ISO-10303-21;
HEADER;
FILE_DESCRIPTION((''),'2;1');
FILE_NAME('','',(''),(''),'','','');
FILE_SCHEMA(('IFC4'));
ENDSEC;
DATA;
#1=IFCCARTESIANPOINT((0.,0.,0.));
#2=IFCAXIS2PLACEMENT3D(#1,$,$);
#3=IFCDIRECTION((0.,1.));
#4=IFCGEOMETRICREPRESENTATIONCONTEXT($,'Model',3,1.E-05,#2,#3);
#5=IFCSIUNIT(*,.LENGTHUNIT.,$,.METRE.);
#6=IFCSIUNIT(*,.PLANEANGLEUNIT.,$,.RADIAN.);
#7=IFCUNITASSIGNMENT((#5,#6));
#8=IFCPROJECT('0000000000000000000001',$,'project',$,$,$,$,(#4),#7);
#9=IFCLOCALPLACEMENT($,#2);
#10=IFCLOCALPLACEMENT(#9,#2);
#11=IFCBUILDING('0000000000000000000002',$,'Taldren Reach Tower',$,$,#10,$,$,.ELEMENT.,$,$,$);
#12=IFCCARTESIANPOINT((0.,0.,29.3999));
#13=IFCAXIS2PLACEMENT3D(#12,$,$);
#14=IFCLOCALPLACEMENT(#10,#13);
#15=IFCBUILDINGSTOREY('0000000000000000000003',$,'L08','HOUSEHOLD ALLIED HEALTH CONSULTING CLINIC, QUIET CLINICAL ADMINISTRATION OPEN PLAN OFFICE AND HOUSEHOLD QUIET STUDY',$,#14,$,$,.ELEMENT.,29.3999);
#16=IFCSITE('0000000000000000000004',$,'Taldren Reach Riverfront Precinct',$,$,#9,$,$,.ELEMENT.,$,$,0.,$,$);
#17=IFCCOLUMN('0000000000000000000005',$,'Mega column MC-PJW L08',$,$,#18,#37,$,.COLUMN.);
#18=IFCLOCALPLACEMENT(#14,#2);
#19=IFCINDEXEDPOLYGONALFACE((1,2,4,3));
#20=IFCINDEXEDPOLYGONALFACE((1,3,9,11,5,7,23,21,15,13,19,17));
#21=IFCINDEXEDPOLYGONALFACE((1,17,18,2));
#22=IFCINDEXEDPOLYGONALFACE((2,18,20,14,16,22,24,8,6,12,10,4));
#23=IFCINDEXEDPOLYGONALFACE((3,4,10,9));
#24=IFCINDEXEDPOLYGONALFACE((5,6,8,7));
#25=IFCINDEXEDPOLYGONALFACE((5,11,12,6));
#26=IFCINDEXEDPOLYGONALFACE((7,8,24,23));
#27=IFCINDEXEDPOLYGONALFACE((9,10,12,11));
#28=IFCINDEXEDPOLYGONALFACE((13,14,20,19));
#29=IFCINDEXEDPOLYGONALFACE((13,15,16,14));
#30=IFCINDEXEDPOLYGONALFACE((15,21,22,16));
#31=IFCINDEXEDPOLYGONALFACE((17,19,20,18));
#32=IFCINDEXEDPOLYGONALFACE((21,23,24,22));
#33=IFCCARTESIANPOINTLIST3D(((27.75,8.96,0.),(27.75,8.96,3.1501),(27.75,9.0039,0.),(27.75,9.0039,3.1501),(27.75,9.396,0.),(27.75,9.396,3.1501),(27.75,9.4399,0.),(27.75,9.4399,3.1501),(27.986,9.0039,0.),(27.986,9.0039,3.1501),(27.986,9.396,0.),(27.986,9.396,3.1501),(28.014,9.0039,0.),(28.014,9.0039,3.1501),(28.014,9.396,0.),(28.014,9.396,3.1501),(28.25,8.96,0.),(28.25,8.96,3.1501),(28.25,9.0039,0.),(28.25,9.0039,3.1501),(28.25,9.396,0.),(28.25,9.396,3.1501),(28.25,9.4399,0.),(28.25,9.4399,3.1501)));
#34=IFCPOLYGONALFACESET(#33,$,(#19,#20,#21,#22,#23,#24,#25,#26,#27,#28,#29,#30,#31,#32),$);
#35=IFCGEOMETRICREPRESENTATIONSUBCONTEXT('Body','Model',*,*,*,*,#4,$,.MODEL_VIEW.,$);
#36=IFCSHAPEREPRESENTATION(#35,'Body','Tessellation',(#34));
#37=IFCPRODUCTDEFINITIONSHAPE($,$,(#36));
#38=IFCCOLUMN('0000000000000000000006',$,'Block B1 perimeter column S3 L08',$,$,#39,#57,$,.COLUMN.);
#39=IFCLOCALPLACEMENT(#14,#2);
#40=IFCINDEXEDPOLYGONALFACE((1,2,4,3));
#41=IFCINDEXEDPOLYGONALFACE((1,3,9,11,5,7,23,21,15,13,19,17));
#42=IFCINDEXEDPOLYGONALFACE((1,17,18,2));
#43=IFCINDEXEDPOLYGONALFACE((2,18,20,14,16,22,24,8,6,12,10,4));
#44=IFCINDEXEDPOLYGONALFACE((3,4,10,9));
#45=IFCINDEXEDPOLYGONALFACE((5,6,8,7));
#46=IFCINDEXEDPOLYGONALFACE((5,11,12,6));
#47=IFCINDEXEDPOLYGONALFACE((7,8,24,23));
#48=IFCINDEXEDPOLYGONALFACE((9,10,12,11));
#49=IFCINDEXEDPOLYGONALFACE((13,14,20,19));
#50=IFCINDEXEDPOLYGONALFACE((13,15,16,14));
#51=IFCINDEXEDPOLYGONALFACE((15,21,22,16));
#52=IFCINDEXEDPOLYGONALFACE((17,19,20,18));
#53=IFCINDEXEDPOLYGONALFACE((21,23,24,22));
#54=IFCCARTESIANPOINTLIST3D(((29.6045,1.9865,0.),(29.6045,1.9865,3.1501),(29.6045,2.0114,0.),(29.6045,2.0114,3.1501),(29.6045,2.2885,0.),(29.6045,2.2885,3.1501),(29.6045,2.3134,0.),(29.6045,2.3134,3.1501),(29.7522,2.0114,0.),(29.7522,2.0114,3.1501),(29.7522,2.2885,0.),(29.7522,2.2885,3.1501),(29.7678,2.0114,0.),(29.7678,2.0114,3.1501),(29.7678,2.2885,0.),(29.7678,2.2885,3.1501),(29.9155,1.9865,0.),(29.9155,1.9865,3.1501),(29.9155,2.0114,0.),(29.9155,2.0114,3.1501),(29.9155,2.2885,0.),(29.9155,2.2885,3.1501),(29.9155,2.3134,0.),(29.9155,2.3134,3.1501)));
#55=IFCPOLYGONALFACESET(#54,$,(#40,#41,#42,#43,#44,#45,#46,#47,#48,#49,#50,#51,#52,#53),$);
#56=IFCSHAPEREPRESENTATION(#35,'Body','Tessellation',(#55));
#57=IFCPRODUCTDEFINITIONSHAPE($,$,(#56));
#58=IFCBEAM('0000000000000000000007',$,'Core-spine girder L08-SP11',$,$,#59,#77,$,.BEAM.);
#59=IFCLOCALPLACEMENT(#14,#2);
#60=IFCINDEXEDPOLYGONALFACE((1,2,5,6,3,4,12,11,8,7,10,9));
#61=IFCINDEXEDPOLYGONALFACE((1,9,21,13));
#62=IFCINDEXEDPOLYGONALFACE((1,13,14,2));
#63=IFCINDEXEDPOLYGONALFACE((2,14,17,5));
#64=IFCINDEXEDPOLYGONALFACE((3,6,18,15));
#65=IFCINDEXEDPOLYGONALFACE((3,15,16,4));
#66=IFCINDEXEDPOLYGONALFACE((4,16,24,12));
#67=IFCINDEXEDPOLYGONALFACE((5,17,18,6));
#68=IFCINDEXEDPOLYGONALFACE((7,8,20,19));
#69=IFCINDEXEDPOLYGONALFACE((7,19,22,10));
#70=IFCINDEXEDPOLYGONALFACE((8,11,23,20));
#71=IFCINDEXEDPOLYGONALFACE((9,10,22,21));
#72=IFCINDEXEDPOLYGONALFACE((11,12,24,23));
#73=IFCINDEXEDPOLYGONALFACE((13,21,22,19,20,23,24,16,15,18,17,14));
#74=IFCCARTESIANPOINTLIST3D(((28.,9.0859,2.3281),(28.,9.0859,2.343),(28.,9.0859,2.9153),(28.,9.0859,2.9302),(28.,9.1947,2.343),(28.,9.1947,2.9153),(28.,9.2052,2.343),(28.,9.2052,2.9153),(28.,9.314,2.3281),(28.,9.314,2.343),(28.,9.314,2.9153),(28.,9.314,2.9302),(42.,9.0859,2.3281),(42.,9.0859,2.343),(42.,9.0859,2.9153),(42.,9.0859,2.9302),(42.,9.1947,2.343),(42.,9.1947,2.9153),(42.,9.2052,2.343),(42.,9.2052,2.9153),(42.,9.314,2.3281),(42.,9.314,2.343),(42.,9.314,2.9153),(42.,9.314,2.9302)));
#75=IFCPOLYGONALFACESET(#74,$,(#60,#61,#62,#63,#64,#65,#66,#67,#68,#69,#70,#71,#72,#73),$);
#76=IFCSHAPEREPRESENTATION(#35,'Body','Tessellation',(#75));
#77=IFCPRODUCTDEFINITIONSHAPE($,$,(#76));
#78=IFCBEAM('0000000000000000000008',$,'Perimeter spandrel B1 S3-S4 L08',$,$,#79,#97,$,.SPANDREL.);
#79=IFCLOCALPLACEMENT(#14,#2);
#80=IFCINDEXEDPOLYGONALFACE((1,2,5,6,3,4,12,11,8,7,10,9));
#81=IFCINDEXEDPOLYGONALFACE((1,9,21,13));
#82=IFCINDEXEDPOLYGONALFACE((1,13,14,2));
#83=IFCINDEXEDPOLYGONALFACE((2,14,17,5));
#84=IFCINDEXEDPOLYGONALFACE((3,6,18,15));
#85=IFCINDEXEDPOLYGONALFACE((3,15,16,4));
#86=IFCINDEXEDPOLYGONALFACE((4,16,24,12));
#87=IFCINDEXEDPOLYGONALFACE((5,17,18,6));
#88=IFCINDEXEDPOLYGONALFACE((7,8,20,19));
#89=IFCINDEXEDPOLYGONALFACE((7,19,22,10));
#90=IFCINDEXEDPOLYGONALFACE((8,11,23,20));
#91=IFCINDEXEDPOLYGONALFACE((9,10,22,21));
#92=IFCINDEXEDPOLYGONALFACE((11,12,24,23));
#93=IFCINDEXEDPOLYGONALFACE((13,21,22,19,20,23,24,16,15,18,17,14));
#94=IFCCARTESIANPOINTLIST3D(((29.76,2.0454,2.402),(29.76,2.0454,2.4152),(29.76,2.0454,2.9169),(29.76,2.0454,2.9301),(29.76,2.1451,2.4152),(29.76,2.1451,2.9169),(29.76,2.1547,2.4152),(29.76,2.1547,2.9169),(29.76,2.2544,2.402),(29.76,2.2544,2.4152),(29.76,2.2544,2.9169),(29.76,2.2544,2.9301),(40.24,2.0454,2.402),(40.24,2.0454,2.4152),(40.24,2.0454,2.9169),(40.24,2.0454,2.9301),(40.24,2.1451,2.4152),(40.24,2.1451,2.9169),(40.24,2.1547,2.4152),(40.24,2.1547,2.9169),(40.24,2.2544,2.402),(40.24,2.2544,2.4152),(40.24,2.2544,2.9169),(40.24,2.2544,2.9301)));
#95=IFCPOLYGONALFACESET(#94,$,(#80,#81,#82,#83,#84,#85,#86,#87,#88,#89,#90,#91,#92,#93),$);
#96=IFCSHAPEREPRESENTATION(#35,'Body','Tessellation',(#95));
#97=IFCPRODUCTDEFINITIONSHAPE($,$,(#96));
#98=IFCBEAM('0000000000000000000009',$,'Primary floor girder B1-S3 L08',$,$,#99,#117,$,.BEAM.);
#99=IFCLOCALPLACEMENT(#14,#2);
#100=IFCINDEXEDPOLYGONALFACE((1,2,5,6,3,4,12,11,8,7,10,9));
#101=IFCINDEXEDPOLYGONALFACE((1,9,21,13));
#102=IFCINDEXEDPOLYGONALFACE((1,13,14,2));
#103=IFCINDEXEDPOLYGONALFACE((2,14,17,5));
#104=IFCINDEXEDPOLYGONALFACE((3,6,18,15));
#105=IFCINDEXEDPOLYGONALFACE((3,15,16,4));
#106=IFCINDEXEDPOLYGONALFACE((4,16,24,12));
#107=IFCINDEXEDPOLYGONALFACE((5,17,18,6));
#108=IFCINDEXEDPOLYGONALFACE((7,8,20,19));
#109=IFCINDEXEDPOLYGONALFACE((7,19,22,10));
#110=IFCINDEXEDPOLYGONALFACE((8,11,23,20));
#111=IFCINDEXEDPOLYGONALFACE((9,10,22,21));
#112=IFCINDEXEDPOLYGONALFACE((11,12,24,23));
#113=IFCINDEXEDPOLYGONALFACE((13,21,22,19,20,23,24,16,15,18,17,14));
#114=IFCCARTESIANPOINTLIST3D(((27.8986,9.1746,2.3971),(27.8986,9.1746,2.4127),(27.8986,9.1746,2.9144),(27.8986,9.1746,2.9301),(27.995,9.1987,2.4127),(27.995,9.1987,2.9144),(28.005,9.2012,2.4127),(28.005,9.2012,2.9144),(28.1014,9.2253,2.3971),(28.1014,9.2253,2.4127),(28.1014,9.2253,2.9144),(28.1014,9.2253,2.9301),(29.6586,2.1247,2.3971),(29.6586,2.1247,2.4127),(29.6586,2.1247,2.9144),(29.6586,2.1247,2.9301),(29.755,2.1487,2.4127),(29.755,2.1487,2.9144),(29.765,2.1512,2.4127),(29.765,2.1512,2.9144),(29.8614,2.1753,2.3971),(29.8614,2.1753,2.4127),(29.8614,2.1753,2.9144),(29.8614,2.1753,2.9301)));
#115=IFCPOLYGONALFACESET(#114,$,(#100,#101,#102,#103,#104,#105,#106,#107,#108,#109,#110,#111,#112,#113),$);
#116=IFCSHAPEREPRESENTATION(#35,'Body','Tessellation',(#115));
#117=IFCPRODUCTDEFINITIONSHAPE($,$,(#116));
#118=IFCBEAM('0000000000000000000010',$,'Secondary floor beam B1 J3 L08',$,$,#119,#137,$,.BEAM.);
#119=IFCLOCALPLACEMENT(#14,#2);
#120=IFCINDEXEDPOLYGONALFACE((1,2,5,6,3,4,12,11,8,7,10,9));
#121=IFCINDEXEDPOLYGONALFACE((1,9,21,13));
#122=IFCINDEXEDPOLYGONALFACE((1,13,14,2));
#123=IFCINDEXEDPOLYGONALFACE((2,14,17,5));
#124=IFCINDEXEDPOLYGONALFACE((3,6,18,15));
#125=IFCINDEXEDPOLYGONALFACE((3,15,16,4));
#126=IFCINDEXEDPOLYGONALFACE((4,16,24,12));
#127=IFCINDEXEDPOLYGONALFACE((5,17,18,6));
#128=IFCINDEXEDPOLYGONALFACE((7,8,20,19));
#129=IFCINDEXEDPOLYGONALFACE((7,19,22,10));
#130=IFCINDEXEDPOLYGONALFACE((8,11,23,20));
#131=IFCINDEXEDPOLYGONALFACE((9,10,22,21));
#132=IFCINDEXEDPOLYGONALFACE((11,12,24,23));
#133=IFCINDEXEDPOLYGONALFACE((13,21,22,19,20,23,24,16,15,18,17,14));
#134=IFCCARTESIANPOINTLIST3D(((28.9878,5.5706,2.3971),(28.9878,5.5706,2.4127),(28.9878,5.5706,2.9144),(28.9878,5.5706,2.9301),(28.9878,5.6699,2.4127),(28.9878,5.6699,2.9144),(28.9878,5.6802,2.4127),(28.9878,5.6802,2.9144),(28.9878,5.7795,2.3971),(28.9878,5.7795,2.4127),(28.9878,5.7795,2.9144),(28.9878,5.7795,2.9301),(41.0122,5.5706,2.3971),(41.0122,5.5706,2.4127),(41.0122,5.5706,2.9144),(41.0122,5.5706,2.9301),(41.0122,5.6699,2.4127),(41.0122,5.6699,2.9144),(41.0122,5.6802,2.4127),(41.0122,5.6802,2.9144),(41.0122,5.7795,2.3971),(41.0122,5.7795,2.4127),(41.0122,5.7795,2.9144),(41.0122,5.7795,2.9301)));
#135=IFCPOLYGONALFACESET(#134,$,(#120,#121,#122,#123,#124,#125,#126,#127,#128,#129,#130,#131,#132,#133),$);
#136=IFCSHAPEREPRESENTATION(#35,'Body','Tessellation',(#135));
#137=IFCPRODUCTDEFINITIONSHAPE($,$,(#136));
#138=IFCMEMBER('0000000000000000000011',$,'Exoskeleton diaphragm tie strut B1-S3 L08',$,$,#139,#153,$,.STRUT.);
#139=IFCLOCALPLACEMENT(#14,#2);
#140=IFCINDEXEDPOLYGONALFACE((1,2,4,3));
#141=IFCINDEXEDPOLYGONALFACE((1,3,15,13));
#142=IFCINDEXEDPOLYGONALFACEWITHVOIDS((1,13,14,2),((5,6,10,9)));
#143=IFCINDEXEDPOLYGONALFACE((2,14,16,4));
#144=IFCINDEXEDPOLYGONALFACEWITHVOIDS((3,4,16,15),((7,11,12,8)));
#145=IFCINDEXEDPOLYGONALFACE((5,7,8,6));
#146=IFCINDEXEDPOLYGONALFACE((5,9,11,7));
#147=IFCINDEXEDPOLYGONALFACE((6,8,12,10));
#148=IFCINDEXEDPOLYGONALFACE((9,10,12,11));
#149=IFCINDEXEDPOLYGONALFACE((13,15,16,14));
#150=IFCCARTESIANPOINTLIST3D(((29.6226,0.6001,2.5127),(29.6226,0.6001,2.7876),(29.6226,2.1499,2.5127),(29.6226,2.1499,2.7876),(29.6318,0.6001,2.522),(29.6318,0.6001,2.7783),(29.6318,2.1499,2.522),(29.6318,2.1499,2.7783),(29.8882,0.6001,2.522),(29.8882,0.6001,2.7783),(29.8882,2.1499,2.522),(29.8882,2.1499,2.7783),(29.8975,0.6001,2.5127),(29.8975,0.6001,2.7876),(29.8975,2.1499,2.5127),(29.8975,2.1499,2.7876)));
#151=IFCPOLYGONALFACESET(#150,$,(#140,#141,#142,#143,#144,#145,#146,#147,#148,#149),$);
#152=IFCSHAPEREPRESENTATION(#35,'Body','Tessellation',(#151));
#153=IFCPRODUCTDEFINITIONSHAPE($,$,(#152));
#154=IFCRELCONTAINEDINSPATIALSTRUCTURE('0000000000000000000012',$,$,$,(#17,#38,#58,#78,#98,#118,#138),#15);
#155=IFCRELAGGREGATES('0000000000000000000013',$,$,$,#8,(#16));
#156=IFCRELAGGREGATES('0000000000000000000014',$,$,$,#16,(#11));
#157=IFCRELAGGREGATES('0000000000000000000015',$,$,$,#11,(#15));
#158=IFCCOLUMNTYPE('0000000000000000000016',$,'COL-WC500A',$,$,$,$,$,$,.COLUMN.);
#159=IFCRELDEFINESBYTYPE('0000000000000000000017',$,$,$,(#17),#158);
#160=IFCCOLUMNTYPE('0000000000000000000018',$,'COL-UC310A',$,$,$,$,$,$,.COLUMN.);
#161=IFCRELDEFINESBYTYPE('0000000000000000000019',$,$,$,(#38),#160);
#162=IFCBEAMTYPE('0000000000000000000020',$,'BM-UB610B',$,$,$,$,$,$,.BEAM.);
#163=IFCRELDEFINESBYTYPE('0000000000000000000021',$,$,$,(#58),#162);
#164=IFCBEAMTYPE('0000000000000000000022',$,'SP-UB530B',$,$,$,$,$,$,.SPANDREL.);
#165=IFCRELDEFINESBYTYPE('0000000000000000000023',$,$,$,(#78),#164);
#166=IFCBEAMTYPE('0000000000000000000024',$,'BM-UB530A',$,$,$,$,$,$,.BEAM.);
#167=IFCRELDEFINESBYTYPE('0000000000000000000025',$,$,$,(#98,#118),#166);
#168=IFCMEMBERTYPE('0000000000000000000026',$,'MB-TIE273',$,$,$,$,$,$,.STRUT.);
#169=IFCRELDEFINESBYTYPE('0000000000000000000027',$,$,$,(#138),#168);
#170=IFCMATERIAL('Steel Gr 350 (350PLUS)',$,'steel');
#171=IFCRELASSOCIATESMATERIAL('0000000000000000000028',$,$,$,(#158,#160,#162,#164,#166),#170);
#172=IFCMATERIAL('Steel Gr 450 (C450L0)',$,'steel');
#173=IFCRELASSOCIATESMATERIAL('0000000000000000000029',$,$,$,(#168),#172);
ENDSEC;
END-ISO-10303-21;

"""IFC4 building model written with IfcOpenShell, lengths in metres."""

from ifc_helpers import new_model, si_unit, direction, frame, origin, origin_2d, place, context, subcontext, project, spatial, hollow_rectangle, i_section, extrude, source, transform, mapped, material, material_profile, profile_set, type_object, element, save


model = new_model("IFC4")

# Units and contexts
model_context = context("Model", 3, precision=1e-05, world=origin(), true_north=direction((0.0, 1.0)))
body_context = subcontext(model_context, "Body", "Model", "MODEL_VIEW")
ifc_project = project(units=[si_unit("LENGTHUNIT", "METRE"), si_unit("PLANEANGLEUNIT", "RADIAN")], contexts=[model_context])

# Site, building, storey
site_placement = place(None, origin())
site = spatial("IfcSite", under=ifc_project, at=site_placement, Name="Taldren Reach Riverfront Precinct", CompositionType="ELEMENT", RefElevation=0.0)
building_placement = place(site_placement, origin())
building = spatial("IfcBuilding", under=site, at=building_placement, Name="Taldren Reach Tower", CompositionType="ELEMENT")
storey_placement = place(building_placement, frame((0.0, 0.0, 29.3999)))
storey = spatial("IfcBuildingStorey", under=building, at=storey_placement, Name="L08", Description="HOUSEHOLD ALLIED HEALTH CONSULTING CLINIC, QUIET CLINICAL ADMINISTRATION OPEN PLAN OFFICE AND HOUSEHOLD QUIET STUDY", CompositionType="ELEMENT", Elevation=29.3999)

# Columns
ifc_material_1 = material(Name="Steel Gr 350 (350PLUS)", Category="steel")
ifc_material_profile_1 = material_profile(ifc_material_1, i_section(OverallWidth=0.5, OverallDepth=0.48, WebThickness=0.0281, FlangeThickness=0.0439, at=origin_2d()), Name="500WC440")
ifc_profile_set_1 = profile_set([ifc_material_profile_1], Name="Steel Gr 350 (350PLUS)")
column_type_1 = type_object("IfcColumnType", Name="COL-WC500A", PredefinedType="COLUMN", material=ifc_profile_set_1)
shared_shape_1 = source(origin(), body_context, "Body", "SweptSolid", [
    extrude(i_section(OverallWidth=0.5, OverallDepth=0.48, WebThickness=0.0281, FlangeThickness=0.0439, at=origin_2d()), origin(), (0.0, 0.0, 1.0), 3.1501),
])
column_1_placement = place(storey_placement, frame((28.0, 9.2, 0.0), z_axis=(0.0, 0.0, 1.0), x_axis=(1.0, 0.0, 0.0)))
element("IfcColumn", 1, at=column_1_placement, inside=storey, type_object=column_type_1, Name="Mega column MC-PJW L08", PredefinedType="COLUMN", context=body_context, shape_type="MappedRepresentation", body=[
    mapped(shared_shape_1, transform((0.0, 0.0, 0.0), scale=1.0)),
])
ifc_material_profile_2 = material_profile(ifc_material_1, i_section(OverallWidth=0.311, OverallDepth=0.3269, WebThickness=0.0156, FlangeThickness=0.0249, at=origin_2d()), Name="310UC158")
ifc_profile_set_2 = profile_set([ifc_material_profile_2], Name="Steel Gr 350 (350PLUS)")
column_type_2 = type_object("IfcColumnType", Name="COL-UC310A", PredefinedType="COLUMN", material=ifc_profile_set_2)
shared_shape_2 = source(origin(), body_context, "Body", "SweptSolid", [
    extrude(i_section(OverallWidth=0.311, OverallDepth=0.3269, WebThickness=0.0156, FlangeThickness=0.0249, at=origin_2d()), origin(), (0.0, 0.0, 1.0), 3.1501),
])
column_2_placement = place(storey_placement, frame((29.76, 2.1499, 0.0), z_axis=(0.0, 0.0, 1.0), x_axis=(1.0, 0.0, 0.0)))
element("IfcColumn", 2, at=column_2_placement, inside=storey, type_object=column_type_2, Name="Block B1 perimeter column S3 L08", PredefinedType="COLUMN", context=body_context, shape_type="MappedRepresentation", body=[
    mapped(shared_shape_2, transform((0.0, 0.0, 0.0), scale=1.0)),
])

# Beams
ifc_material_profile_3 = material_profile(ifc_material_1, i_section(OverallWidth=0.228, OverallDepth=0.6021, WebThickness=0.0105, FlangeThickness=0.0149, at=origin_2d()), Name="610UB101")
ifc_profile_set_3 = profile_set([ifc_material_profile_3], Name="Steel Gr 350 (350PLUS)")
beam_type_1 = type_object("IfcBeamType", Name="BM-UB610B", PredefinedType="BEAM", material=ifc_profile_set_3)
shared_shape_3 = source(origin(), body_context, "Body", "SweptSolid", [
    extrude(i_section(OverallWidth=0.228, OverallDepth=0.6021, WebThickness=0.0105, FlangeThickness=0.0149, at=origin_2d()), origin(), (0.0, 0.0, 1.0), 14.0),
])
beam_1_placement = place(storey_placement, frame((28.0, 9.2, 2.6292), z_axis=(1.0, 0.0, 0.0), x_axis=(0.0, 1.0, 0.0)))
element("IfcBeam", 3, at=beam_1_placement, inside=storey, type_object=beam_type_1, Name="Core-spine girder L08-SP11", PredefinedType="BEAM", context=body_context, shape_type="MappedRepresentation", body=[
    mapped(shared_shape_3, transform((0.0, 0.0, 0.0), scale=1.0)),
])
ifc_material_profile_4 = material_profile(ifc_material_1, i_section(OverallWidth=0.209, OverallDepth=0.5281, WebThickness=0.0095, FlangeThickness=0.0132, at=origin_2d()), Name="530UB82.0")
ifc_profile_set_4 = profile_set([ifc_material_profile_4], Name="Steel Gr 350 (350PLUS)")
beam_type_2 = type_object("IfcBeamType", Name="SP-UB530B", PredefinedType="SPANDREL", material=ifc_profile_set_4)
shared_shape_4 = source(origin(), body_context, "Body", "SweptSolid", [
    extrude(i_section(OverallWidth=0.209, OverallDepth=0.5281, WebThickness=0.0095, FlangeThickness=0.0132, at=origin_2d()), origin(), (0.0, 0.0, 1.0), 10.48),
])
beam_2_placement = place(storey_placement, frame((29.76, 2.1499, 2.666), z_axis=(1.0, 0.0, 0.0), x_axis=(0.0, 1.0, 0.0)))
element("IfcBeam", 4, at=beam_2_placement, inside=storey, type_object=beam_type_2, Name="Perimeter spandrel B1 S3-S4 L08", PredefinedType="SPANDREL", context=body_context, shape_type="MappedRepresentation", body=[
    mapped(shared_shape_4, transform((0.0, 0.0, 0.0), scale=1.0)),
])
ifc_material_profile_5 = material_profile(ifc_material_1, i_section(OverallWidth=0.209, OverallDepth=0.533, WebThickness=0.0103, FlangeThickness=0.0156, at=origin_2d()), Name="530UB92.4")
ifc_profile_set_5 = profile_set([ifc_material_profile_5], Name="Steel Gr 350 (350PLUS)")
beam_type_3 = type_object("IfcBeamType", Name="BM-UB530A", PredefinedType="BEAM", material=ifc_profile_set_5)
shared_shape_5 = source(origin(), body_context, "Body", "SweptSolid", [
    extrude(i_section(OverallWidth=0.209, OverallDepth=0.533, WebThickness=0.0103, FlangeThickness=0.0156, at=origin_2d()), origin(), (0.0, 0.0, 1.0), 7.2664),
])
beam_3_placement = place(storey_placement, frame((28.0, 9.2, 2.6636), z_axis=(0.242211, -0.970223, 0.0), x_axis=(0.970223, 0.242211, 0.0)))
element("IfcBeam", 5, at=beam_3_placement, inside=storey, type_object=beam_type_3, Name="Primary floor girder B1-S3 L08", PredefinedType="BEAM", context=body_context, shape_type="MappedRepresentation", body=[
    mapped(shared_shape_5, transform((0.0, 0.0, 0.0), scale=1.0)),
])
shared_shape_6 = source(origin(), body_context, "Body", "SweptSolid", [
    extrude(i_section(OverallWidth=0.209, OverallDepth=0.533, WebThickness=0.0103, FlangeThickness=0.0156, at=origin_2d()), origin(), (0.0, 0.0, 1.0), 12.0244),
])
beam_4_placement = place(storey_placement, frame((28.9878, 5.675, 2.6636), z_axis=(1.0, 0.0, 0.0), x_axis=(0.0, 1.0, 0.0)))
element("IfcBeam", 6, at=beam_4_placement, inside=storey, type_object=beam_type_3, Name="Secondary floor beam B1 J3 L08", PredefinedType="BEAM", context=body_context, shape_type="MappedRepresentation", body=[
    mapped(shared_shape_6, transform((0.0, 0.0, 0.0), scale=1.0)),
])

# Member
ifc_material_2 = material(Name="Steel Gr 450 (C450L0)", Category="steel")
ifc_material_profile_6 = material_profile(ifc_material_2, hollow_rectangle(XDim=0.2749, YDim=0.2749, WallThickness=0.0093, at=origin_2d()), Name="275x275x9.3SHS")
ifc_profile_set_6 = profile_set([ifc_material_profile_6], Name="Steel Gr 450 (C450L0)")
member_type_1 = type_object("IfcMemberType", Name="MB-TIE273", PredefinedType="STRUT", material=ifc_profile_set_6)
shared_shape_7 = source(origin(), body_context, "Body", "SweptSolid", [
    extrude(hollow_rectangle(XDim=0.2749, YDim=0.2749, WallThickness=0.0093, at=origin_2d()), origin(), (0.0, 0.0, 1.0), 1.5498),
])
member_1_placement = place(storey_placement, frame((29.76, 2.1499, 2.6501), z_axis=(0.0, -1.0, 0.0), x_axis=(1.0, 0.0, 0.0)))
element("IfcMember", 7, at=member_1_placement, inside=storey, type_object=member_type_1, Name="Exoskeleton diaphragm tie strut B1-S3 L08", PredefinedType="STRUT", context=body_context, shape_type="MappedRepresentation", body=[
    mapped(shared_shape_7, transform((0.0, 0.0, 0.0), scale=1.0)),
])

save(model, "model.ifc")
